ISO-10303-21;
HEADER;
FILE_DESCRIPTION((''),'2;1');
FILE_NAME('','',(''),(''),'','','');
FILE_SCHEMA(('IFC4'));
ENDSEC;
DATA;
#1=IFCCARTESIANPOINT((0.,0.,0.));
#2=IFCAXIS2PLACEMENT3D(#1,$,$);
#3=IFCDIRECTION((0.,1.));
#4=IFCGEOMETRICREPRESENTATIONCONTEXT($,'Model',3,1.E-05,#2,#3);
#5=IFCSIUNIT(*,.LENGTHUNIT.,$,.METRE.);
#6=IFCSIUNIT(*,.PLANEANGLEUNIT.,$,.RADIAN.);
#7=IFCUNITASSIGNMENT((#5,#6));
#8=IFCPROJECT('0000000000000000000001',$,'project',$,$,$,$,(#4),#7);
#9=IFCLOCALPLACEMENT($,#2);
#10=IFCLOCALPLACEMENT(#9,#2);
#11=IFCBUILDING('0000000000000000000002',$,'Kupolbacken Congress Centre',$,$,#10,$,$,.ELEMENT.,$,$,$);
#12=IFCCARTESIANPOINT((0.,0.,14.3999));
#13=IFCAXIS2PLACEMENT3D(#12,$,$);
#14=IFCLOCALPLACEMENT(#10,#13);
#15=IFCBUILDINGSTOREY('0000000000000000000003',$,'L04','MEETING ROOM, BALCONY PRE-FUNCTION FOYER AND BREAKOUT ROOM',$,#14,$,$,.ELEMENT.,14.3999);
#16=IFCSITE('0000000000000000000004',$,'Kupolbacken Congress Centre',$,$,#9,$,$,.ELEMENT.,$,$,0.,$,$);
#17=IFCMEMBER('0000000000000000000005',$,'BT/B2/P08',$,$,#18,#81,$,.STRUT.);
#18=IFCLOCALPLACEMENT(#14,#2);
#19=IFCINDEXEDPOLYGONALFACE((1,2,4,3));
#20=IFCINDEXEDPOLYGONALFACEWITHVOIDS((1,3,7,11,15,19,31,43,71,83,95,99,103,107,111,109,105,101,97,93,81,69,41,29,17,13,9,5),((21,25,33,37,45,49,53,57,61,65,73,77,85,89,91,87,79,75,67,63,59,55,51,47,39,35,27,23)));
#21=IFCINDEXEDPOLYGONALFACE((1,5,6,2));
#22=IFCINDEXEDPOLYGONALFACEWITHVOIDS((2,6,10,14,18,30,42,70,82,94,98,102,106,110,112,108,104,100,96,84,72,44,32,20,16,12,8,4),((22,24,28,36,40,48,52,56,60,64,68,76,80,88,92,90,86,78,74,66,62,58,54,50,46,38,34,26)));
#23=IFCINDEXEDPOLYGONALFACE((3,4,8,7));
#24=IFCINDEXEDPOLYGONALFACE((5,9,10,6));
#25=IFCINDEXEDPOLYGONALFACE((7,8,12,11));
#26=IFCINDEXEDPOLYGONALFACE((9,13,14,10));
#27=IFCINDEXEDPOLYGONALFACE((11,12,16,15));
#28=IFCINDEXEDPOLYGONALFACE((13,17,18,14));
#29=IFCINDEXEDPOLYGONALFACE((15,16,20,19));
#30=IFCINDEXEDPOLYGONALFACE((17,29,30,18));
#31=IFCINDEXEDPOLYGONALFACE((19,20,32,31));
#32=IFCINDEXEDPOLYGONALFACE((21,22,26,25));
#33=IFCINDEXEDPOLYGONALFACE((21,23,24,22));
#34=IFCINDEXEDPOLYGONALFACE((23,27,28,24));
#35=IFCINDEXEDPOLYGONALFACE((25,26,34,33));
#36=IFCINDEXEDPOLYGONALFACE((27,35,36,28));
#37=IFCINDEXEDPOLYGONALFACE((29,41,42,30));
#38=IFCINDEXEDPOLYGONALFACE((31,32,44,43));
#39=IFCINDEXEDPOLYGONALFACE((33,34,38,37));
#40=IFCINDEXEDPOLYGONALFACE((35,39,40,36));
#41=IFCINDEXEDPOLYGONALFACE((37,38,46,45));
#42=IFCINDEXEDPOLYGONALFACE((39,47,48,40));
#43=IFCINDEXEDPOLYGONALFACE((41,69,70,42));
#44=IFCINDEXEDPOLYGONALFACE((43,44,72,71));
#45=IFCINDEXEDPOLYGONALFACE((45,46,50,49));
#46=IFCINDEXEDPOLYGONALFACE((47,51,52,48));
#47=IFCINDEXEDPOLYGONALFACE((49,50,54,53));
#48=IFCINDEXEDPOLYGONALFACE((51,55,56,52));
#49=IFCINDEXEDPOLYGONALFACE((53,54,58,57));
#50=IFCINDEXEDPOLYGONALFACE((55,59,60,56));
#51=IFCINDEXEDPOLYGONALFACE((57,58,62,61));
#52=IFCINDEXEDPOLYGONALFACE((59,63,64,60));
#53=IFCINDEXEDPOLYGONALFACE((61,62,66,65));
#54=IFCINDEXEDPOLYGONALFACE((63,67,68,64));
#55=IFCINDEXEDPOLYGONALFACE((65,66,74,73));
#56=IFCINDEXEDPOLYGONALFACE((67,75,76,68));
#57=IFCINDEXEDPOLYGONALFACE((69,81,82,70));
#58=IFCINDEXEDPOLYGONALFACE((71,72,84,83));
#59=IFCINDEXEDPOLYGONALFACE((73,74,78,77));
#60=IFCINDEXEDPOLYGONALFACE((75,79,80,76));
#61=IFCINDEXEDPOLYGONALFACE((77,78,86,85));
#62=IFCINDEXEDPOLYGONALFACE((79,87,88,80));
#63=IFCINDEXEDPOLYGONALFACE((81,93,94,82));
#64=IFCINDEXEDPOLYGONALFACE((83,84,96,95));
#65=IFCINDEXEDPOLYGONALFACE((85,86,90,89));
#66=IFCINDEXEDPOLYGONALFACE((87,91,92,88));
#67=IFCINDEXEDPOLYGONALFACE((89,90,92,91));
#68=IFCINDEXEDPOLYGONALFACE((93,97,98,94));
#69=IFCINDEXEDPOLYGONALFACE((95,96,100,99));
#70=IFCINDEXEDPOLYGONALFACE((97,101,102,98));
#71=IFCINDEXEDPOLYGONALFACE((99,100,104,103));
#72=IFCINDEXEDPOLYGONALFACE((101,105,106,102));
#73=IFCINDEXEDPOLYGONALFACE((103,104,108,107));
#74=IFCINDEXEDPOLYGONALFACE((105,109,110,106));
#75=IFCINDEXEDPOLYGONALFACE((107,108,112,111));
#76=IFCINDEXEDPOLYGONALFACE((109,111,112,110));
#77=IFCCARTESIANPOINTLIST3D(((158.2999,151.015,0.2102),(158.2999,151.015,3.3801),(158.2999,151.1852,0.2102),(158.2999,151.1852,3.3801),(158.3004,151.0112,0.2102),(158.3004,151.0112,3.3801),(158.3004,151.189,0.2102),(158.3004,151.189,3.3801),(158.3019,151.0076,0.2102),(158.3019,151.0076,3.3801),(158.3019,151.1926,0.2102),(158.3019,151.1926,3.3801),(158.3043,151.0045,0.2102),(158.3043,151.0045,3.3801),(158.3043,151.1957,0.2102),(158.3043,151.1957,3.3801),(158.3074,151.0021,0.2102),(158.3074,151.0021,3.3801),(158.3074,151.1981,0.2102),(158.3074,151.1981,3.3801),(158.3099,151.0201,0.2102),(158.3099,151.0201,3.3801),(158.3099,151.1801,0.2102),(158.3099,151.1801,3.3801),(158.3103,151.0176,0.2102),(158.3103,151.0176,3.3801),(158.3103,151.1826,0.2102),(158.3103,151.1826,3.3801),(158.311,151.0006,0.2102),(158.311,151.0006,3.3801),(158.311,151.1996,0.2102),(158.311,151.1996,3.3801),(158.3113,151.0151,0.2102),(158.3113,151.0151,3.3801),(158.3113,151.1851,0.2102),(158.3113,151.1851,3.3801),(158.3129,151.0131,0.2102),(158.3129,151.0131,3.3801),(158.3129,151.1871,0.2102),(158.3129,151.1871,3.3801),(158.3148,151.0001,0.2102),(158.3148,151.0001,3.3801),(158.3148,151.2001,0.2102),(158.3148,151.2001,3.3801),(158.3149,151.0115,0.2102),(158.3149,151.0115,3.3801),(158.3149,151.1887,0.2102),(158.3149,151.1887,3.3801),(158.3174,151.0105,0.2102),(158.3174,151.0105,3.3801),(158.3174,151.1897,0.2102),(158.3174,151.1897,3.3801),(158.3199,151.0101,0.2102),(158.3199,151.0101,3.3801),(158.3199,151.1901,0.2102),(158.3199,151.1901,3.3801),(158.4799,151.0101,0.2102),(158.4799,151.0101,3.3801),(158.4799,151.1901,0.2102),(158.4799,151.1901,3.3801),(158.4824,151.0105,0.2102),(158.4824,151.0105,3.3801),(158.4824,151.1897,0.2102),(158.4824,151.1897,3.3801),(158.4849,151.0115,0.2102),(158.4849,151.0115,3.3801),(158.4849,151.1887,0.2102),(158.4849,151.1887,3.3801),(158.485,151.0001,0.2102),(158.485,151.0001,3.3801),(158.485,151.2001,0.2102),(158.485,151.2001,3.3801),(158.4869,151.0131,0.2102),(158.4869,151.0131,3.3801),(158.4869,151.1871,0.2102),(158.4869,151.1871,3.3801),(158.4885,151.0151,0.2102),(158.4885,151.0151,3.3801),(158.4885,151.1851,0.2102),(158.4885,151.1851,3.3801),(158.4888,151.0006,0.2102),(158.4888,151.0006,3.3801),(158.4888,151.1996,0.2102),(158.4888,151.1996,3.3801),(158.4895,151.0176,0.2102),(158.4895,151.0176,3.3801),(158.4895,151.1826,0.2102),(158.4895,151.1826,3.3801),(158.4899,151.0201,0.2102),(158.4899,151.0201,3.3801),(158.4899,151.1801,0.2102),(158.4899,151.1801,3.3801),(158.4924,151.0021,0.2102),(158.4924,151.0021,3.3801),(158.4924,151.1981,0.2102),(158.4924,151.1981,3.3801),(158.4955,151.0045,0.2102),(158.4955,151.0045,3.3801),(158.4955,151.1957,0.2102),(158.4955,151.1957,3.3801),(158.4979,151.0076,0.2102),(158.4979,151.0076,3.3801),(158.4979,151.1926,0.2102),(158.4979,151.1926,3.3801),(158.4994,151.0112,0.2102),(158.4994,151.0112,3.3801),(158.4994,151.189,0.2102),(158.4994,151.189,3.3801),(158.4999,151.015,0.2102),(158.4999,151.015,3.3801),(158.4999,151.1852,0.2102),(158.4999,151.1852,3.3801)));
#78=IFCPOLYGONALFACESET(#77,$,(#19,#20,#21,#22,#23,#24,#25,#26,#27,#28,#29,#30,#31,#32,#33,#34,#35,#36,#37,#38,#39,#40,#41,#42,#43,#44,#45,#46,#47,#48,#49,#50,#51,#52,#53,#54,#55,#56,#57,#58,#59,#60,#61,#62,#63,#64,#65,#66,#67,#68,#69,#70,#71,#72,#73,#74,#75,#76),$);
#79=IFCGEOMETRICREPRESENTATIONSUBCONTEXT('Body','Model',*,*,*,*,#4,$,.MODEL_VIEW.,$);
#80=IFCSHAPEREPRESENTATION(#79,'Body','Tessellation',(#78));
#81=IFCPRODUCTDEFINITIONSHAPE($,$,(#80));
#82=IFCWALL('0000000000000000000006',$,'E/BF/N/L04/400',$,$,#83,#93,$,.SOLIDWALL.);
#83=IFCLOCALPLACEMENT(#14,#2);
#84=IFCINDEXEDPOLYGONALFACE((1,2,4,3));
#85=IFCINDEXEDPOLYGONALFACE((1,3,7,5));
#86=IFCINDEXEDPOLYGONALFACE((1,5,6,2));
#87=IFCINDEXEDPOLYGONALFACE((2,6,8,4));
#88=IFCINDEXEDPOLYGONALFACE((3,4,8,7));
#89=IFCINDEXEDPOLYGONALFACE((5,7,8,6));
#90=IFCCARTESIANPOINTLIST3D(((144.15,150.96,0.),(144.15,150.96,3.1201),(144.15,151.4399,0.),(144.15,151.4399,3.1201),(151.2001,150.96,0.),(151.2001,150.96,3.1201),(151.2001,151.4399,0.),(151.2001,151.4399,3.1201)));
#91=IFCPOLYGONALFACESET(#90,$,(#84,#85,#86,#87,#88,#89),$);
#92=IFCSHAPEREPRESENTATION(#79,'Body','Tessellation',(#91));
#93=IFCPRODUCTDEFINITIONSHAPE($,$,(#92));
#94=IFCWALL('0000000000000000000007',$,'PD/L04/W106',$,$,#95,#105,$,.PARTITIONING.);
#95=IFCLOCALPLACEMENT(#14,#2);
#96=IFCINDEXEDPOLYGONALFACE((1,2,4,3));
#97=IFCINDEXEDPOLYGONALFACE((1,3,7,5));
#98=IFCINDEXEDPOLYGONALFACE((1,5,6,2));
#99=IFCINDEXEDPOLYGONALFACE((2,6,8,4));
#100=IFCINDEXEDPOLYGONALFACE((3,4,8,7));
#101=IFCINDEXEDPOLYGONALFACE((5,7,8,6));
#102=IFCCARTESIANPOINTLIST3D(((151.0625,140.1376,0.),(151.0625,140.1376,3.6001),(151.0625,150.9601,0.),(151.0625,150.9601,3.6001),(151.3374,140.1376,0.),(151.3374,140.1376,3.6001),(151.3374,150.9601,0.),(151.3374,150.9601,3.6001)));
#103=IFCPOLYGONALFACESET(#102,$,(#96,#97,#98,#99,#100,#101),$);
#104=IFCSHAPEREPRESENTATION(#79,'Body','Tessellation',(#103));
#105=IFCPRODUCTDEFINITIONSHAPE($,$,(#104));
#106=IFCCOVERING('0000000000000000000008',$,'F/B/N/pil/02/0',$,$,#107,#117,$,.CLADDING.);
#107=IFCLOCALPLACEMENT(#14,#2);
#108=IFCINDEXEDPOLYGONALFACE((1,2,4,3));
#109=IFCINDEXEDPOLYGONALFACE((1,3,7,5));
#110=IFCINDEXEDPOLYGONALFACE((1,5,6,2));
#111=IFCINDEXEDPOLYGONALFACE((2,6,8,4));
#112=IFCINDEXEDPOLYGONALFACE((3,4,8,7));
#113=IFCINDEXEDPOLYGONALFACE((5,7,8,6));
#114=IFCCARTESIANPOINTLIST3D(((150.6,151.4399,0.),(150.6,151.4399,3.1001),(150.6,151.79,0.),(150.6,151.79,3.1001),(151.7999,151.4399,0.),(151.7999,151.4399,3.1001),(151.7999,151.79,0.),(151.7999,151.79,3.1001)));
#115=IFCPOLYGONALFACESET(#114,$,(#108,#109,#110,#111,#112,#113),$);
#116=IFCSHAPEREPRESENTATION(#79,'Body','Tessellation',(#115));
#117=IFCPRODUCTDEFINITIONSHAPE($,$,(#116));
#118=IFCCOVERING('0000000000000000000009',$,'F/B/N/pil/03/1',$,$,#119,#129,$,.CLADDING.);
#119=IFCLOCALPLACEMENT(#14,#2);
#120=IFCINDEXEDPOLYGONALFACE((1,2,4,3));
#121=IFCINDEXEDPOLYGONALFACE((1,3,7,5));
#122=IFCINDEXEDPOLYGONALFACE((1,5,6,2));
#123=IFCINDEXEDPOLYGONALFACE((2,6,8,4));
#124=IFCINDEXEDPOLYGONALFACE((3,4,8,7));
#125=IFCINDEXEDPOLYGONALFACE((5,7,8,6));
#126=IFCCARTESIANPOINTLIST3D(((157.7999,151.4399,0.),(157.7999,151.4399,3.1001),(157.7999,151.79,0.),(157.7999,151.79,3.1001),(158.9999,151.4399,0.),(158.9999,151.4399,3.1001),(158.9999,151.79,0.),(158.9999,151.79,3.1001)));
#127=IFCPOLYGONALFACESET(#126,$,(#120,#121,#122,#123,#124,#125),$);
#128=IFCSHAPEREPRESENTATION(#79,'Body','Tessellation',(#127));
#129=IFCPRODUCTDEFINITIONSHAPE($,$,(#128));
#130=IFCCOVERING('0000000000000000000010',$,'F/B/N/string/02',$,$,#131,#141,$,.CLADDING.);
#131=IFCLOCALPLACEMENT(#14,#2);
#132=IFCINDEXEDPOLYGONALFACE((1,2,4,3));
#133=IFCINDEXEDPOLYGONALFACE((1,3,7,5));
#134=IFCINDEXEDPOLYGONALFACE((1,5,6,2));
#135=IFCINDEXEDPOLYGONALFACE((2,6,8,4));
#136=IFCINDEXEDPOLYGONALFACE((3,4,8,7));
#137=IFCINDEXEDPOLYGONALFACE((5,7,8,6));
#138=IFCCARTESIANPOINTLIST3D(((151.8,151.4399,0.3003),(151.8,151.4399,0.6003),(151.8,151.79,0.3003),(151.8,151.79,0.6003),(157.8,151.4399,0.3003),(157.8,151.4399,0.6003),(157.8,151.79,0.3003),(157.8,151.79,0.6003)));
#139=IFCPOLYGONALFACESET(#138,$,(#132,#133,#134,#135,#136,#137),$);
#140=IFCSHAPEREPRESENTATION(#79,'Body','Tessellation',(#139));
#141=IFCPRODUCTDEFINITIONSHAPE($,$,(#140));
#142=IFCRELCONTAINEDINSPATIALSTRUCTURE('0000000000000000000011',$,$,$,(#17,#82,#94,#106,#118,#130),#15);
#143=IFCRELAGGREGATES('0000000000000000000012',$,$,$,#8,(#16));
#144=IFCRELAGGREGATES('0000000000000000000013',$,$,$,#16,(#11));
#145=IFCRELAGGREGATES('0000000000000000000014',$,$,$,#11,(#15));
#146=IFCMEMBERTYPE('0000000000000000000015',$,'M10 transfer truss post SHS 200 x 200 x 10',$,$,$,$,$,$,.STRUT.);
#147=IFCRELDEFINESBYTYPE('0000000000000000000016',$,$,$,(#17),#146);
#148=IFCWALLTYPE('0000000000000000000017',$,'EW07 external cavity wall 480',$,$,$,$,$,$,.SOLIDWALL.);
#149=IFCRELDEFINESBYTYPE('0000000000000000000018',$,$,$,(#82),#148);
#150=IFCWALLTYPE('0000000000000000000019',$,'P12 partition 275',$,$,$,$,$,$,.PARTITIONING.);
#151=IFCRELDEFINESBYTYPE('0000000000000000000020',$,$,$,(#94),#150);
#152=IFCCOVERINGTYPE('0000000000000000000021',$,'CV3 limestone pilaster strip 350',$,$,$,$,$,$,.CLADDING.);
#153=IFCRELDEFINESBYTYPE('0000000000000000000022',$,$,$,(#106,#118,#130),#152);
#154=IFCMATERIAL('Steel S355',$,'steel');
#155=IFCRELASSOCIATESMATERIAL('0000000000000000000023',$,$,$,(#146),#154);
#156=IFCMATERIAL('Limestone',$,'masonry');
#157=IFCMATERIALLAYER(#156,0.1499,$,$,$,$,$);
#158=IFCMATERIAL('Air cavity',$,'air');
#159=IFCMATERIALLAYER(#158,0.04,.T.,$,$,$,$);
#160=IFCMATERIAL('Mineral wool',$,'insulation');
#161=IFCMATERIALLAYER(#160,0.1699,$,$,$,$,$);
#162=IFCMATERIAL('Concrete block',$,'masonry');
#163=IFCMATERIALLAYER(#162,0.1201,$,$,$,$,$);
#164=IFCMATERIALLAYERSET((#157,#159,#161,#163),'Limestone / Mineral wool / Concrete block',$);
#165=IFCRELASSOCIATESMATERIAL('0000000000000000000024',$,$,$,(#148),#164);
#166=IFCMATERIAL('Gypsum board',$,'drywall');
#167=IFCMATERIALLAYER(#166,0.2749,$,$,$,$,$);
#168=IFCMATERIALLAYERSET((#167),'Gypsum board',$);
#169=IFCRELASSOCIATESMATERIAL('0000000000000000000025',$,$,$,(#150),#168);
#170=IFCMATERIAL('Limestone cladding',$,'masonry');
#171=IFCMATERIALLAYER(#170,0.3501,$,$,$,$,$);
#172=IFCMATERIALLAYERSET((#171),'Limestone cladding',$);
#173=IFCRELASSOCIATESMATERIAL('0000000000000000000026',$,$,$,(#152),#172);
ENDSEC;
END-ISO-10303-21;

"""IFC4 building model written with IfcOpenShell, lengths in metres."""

from ifc_helpers import new_model, si_unit, direction, frame, frame_2d, origin, origin_2d, place, context, subcontext, project, spatial, rectangle, hollow_rectangle, extrude, material, layer, layer_set, material_profile, profile_set, type_object, element, save


model = new_model("IFC4")

# Units and contexts
model_context = context("Model", 3, precision=1e-05, world=origin(), true_north=direction((0.0, 1.0)))
body_context = subcontext(model_context, "Body", "Model", "MODEL_VIEW")
ifc_project = project(units=[si_unit("LENGTHUNIT", "METRE"), si_unit("PLANEANGLEUNIT", "RADIAN")], contexts=[model_context])

# Site, building, storey
site_placement = place(None, origin())
site = spatial("IfcSite", under=ifc_project, at=site_placement, Name="Kupolbacken Congress Centre", CompositionType="ELEMENT", RefElevation=0.0)
building_placement = place(site_placement, origin())
building = spatial("IfcBuilding", under=site, at=building_placement, Name="Kupolbacken Congress Centre", CompositionType="ELEMENT")
storey_placement = place(building_placement, frame((0.0, 0.0, 14.3999)))
storey = spatial("IfcBuildingStorey", under=building, at=storey_placement, Name="L04", Description="MEETING ROOM, BALCONY PRE-FUNCTION FOYER AND BREAKOUT ROOM", CompositionType="ELEMENT", Elevation=14.3999)

# Member
ifc_material_1 = material(Name="Steel S355", Category="steel")
ifc_material_profile_1 = material_profile(ifc_material_1, hollow_rectangle(XDim=0.2, YDim=0.2, WallThickness=0.01, InnerFilletRadius=0.01, OuterFilletRadius=0.0149, at=origin_2d()), Name="SHS 200 x 200 x 10")
ifc_profile_set_1 = profile_set([ifc_material_profile_1], Name="Steel S355")
member_type_1 = type_object("IfcMemberType", Name="M10 transfer truss post SHS 200 x 200 x 10", PredefinedType="STRUT", material=ifc_profile_set_1)
for number, where, z_axis, x_axis, name in (
    (1, (158.3999, 151.1001, 0.2102), (0.0, 0.0, 1.0), (0.0, 1.0, 0.0), "BT/B2/P08"),
):
    element("IfcMember", number, at=place(storey_placement, frame(where, z_axis=z_axis, x_axis=x_axis)), inside=storey, type_object=member_type_1, Name=name, PredefinedType="STRUT", context=body_context, shape_type="SweptSolid", body=[
        extrude(hollow_rectangle(XDim=0.2, YDim=0.2, WallThickness=0.01, InnerFilletRadius=0.01, OuterFilletRadius=0.0149, at=origin_2d()), origin(), (0.0, 0.0, 1.0), 3.1699),
    ])

# Walls
ifc_material_2 = material(Name="Limestone", Category="masonry")
ifc_layer_1 = layer(ifc_material_2, 0.1499)
ifc_material_3 = material(Name="Air cavity", Category="air")
ifc_layer_2 = layer(ifc_material_3, 0.04, ventilated=True)
ifc_material_4 = material(Name="Mineral wool", Category="insulation")
ifc_layer_3 = layer(ifc_material_4, 0.1699)
ifc_material_5 = material(Name="Concrete block", Category="masonry")
ifc_layer_4 = layer(ifc_material_5, 0.1201)
ifc_layer_set_1 = layer_set([ifc_layer_1, ifc_layer_2, ifc_layer_3, ifc_layer_4], Name="Limestone / Mineral wool / Concrete block")
wall_type_1 = type_object("IfcWallType", Name="EW07 external cavity wall 480", PredefinedType="SOLIDWALL", material=ifc_layer_set_1)
wall_1_placement = place(storey_placement, frame((151.2, 151.2, 0.0), z_axis=(0.0, 0.0, 1.0), x_axis=(-1.0, 0.0, 0.0)))
element("IfcWall", 2, at=wall_1_placement, inside=storey, type_object=wall_type_1, Name="E/BF/N/L04/400", PredefinedType="SOLIDWALL", context=body_context, shape_type="SweptSolid", body=[
    extrude(rectangle(XDim=7.05, YDim=0.48, at=frame_2d((3.5249, 0.0))), origin(), (0.0, 0.0, 1.0), 3.1201),
])
ifc_material_6 = material(Name="Gypsum board", Category="drywall")
ifc_layer_5 = layer(ifc_material_6, 0.2749)
ifc_layer_set_2 = layer_set([ifc_layer_5], Name="Gypsum board")
wall_type_2 = type_object("IfcWallType", Name="P12 partition 275", PredefinedType="PARTITIONING", material=ifc_layer_set_2)
wall_2_placement = place(storey_placement, frame((151.2, 150.96, 0.0), z_axis=(0.0, 0.0, 1.0), x_axis=(0.0, -1.0, 0.0)))
element("IfcWall", 3, at=wall_2_placement, inside=storey, type_object=wall_type_2, Name="PD/L04/W106", PredefinedType="PARTITIONING", context=body_context, shape_type="SweptSolid", body=[
    extrude(rectangle(XDim=10.8225, YDim=0.2749, at=frame_2d((5.4111, 0.0))), origin(), (0.0, 0.0, 1.0), 3.6001),
])

# Coverings
ifc_material_7 = material(Name="Limestone cladding", Category="masonry")
ifc_layer_6 = layer(ifc_material_7, 0.3501)
ifc_layer_set_3 = layer_set([ifc_layer_6], Name="Limestone cladding")
covering_type = type_object("IfcCoveringType", Name="CV3 limestone pilaster strip 350", PredefinedType="CLADDING", material=ifc_layer_set_3)
for number, where, z_axis, x_axis, name in (
    (4, (151.2, 151.615, 0.0), (0.0, 0.0, 1.0), (1.0, 0.0, 0.0), "F/B/N/pil/02/0"),
    (5, (158.3999, 151.615, 0.0), (0.0, 0.0, 1.0), (1.0, 0.0, 0.0), "F/B/N/pil/03/1"),
):
    element("IfcCovering", number, at=place(storey_placement, frame(where, z_axis=z_axis, x_axis=x_axis)), inside=storey, type_object=covering_type, Name=name, PredefinedType="CLADDING", context=body_context, shape_type="SweptSolid", body=[
        extrude(rectangle(XDim=1.2, YDim=0.3501, at=origin_2d()), origin(), (0.0, 0.0, 1.0), 3.1001),
    ])
covering_placement = place(storey_placement, frame((154.8, 151.615, 0.3003), z_axis=(0.0, 0.0, 1.0), x_axis=(1.0, 0.0, 0.0)))
element("IfcCovering", 6, at=covering_placement, inside=storey, type_object=covering_type, Name="F/B/N/string/02", PredefinedType="CLADDING", context=body_context, shape_type="SweptSolid", body=[
    extrude(rectangle(XDim=6.0, YDim=0.3501, at=origin_2d()), origin(), (0.0, 0.0, 1.0), 0.3),
])

save(model, "model.ifc")
